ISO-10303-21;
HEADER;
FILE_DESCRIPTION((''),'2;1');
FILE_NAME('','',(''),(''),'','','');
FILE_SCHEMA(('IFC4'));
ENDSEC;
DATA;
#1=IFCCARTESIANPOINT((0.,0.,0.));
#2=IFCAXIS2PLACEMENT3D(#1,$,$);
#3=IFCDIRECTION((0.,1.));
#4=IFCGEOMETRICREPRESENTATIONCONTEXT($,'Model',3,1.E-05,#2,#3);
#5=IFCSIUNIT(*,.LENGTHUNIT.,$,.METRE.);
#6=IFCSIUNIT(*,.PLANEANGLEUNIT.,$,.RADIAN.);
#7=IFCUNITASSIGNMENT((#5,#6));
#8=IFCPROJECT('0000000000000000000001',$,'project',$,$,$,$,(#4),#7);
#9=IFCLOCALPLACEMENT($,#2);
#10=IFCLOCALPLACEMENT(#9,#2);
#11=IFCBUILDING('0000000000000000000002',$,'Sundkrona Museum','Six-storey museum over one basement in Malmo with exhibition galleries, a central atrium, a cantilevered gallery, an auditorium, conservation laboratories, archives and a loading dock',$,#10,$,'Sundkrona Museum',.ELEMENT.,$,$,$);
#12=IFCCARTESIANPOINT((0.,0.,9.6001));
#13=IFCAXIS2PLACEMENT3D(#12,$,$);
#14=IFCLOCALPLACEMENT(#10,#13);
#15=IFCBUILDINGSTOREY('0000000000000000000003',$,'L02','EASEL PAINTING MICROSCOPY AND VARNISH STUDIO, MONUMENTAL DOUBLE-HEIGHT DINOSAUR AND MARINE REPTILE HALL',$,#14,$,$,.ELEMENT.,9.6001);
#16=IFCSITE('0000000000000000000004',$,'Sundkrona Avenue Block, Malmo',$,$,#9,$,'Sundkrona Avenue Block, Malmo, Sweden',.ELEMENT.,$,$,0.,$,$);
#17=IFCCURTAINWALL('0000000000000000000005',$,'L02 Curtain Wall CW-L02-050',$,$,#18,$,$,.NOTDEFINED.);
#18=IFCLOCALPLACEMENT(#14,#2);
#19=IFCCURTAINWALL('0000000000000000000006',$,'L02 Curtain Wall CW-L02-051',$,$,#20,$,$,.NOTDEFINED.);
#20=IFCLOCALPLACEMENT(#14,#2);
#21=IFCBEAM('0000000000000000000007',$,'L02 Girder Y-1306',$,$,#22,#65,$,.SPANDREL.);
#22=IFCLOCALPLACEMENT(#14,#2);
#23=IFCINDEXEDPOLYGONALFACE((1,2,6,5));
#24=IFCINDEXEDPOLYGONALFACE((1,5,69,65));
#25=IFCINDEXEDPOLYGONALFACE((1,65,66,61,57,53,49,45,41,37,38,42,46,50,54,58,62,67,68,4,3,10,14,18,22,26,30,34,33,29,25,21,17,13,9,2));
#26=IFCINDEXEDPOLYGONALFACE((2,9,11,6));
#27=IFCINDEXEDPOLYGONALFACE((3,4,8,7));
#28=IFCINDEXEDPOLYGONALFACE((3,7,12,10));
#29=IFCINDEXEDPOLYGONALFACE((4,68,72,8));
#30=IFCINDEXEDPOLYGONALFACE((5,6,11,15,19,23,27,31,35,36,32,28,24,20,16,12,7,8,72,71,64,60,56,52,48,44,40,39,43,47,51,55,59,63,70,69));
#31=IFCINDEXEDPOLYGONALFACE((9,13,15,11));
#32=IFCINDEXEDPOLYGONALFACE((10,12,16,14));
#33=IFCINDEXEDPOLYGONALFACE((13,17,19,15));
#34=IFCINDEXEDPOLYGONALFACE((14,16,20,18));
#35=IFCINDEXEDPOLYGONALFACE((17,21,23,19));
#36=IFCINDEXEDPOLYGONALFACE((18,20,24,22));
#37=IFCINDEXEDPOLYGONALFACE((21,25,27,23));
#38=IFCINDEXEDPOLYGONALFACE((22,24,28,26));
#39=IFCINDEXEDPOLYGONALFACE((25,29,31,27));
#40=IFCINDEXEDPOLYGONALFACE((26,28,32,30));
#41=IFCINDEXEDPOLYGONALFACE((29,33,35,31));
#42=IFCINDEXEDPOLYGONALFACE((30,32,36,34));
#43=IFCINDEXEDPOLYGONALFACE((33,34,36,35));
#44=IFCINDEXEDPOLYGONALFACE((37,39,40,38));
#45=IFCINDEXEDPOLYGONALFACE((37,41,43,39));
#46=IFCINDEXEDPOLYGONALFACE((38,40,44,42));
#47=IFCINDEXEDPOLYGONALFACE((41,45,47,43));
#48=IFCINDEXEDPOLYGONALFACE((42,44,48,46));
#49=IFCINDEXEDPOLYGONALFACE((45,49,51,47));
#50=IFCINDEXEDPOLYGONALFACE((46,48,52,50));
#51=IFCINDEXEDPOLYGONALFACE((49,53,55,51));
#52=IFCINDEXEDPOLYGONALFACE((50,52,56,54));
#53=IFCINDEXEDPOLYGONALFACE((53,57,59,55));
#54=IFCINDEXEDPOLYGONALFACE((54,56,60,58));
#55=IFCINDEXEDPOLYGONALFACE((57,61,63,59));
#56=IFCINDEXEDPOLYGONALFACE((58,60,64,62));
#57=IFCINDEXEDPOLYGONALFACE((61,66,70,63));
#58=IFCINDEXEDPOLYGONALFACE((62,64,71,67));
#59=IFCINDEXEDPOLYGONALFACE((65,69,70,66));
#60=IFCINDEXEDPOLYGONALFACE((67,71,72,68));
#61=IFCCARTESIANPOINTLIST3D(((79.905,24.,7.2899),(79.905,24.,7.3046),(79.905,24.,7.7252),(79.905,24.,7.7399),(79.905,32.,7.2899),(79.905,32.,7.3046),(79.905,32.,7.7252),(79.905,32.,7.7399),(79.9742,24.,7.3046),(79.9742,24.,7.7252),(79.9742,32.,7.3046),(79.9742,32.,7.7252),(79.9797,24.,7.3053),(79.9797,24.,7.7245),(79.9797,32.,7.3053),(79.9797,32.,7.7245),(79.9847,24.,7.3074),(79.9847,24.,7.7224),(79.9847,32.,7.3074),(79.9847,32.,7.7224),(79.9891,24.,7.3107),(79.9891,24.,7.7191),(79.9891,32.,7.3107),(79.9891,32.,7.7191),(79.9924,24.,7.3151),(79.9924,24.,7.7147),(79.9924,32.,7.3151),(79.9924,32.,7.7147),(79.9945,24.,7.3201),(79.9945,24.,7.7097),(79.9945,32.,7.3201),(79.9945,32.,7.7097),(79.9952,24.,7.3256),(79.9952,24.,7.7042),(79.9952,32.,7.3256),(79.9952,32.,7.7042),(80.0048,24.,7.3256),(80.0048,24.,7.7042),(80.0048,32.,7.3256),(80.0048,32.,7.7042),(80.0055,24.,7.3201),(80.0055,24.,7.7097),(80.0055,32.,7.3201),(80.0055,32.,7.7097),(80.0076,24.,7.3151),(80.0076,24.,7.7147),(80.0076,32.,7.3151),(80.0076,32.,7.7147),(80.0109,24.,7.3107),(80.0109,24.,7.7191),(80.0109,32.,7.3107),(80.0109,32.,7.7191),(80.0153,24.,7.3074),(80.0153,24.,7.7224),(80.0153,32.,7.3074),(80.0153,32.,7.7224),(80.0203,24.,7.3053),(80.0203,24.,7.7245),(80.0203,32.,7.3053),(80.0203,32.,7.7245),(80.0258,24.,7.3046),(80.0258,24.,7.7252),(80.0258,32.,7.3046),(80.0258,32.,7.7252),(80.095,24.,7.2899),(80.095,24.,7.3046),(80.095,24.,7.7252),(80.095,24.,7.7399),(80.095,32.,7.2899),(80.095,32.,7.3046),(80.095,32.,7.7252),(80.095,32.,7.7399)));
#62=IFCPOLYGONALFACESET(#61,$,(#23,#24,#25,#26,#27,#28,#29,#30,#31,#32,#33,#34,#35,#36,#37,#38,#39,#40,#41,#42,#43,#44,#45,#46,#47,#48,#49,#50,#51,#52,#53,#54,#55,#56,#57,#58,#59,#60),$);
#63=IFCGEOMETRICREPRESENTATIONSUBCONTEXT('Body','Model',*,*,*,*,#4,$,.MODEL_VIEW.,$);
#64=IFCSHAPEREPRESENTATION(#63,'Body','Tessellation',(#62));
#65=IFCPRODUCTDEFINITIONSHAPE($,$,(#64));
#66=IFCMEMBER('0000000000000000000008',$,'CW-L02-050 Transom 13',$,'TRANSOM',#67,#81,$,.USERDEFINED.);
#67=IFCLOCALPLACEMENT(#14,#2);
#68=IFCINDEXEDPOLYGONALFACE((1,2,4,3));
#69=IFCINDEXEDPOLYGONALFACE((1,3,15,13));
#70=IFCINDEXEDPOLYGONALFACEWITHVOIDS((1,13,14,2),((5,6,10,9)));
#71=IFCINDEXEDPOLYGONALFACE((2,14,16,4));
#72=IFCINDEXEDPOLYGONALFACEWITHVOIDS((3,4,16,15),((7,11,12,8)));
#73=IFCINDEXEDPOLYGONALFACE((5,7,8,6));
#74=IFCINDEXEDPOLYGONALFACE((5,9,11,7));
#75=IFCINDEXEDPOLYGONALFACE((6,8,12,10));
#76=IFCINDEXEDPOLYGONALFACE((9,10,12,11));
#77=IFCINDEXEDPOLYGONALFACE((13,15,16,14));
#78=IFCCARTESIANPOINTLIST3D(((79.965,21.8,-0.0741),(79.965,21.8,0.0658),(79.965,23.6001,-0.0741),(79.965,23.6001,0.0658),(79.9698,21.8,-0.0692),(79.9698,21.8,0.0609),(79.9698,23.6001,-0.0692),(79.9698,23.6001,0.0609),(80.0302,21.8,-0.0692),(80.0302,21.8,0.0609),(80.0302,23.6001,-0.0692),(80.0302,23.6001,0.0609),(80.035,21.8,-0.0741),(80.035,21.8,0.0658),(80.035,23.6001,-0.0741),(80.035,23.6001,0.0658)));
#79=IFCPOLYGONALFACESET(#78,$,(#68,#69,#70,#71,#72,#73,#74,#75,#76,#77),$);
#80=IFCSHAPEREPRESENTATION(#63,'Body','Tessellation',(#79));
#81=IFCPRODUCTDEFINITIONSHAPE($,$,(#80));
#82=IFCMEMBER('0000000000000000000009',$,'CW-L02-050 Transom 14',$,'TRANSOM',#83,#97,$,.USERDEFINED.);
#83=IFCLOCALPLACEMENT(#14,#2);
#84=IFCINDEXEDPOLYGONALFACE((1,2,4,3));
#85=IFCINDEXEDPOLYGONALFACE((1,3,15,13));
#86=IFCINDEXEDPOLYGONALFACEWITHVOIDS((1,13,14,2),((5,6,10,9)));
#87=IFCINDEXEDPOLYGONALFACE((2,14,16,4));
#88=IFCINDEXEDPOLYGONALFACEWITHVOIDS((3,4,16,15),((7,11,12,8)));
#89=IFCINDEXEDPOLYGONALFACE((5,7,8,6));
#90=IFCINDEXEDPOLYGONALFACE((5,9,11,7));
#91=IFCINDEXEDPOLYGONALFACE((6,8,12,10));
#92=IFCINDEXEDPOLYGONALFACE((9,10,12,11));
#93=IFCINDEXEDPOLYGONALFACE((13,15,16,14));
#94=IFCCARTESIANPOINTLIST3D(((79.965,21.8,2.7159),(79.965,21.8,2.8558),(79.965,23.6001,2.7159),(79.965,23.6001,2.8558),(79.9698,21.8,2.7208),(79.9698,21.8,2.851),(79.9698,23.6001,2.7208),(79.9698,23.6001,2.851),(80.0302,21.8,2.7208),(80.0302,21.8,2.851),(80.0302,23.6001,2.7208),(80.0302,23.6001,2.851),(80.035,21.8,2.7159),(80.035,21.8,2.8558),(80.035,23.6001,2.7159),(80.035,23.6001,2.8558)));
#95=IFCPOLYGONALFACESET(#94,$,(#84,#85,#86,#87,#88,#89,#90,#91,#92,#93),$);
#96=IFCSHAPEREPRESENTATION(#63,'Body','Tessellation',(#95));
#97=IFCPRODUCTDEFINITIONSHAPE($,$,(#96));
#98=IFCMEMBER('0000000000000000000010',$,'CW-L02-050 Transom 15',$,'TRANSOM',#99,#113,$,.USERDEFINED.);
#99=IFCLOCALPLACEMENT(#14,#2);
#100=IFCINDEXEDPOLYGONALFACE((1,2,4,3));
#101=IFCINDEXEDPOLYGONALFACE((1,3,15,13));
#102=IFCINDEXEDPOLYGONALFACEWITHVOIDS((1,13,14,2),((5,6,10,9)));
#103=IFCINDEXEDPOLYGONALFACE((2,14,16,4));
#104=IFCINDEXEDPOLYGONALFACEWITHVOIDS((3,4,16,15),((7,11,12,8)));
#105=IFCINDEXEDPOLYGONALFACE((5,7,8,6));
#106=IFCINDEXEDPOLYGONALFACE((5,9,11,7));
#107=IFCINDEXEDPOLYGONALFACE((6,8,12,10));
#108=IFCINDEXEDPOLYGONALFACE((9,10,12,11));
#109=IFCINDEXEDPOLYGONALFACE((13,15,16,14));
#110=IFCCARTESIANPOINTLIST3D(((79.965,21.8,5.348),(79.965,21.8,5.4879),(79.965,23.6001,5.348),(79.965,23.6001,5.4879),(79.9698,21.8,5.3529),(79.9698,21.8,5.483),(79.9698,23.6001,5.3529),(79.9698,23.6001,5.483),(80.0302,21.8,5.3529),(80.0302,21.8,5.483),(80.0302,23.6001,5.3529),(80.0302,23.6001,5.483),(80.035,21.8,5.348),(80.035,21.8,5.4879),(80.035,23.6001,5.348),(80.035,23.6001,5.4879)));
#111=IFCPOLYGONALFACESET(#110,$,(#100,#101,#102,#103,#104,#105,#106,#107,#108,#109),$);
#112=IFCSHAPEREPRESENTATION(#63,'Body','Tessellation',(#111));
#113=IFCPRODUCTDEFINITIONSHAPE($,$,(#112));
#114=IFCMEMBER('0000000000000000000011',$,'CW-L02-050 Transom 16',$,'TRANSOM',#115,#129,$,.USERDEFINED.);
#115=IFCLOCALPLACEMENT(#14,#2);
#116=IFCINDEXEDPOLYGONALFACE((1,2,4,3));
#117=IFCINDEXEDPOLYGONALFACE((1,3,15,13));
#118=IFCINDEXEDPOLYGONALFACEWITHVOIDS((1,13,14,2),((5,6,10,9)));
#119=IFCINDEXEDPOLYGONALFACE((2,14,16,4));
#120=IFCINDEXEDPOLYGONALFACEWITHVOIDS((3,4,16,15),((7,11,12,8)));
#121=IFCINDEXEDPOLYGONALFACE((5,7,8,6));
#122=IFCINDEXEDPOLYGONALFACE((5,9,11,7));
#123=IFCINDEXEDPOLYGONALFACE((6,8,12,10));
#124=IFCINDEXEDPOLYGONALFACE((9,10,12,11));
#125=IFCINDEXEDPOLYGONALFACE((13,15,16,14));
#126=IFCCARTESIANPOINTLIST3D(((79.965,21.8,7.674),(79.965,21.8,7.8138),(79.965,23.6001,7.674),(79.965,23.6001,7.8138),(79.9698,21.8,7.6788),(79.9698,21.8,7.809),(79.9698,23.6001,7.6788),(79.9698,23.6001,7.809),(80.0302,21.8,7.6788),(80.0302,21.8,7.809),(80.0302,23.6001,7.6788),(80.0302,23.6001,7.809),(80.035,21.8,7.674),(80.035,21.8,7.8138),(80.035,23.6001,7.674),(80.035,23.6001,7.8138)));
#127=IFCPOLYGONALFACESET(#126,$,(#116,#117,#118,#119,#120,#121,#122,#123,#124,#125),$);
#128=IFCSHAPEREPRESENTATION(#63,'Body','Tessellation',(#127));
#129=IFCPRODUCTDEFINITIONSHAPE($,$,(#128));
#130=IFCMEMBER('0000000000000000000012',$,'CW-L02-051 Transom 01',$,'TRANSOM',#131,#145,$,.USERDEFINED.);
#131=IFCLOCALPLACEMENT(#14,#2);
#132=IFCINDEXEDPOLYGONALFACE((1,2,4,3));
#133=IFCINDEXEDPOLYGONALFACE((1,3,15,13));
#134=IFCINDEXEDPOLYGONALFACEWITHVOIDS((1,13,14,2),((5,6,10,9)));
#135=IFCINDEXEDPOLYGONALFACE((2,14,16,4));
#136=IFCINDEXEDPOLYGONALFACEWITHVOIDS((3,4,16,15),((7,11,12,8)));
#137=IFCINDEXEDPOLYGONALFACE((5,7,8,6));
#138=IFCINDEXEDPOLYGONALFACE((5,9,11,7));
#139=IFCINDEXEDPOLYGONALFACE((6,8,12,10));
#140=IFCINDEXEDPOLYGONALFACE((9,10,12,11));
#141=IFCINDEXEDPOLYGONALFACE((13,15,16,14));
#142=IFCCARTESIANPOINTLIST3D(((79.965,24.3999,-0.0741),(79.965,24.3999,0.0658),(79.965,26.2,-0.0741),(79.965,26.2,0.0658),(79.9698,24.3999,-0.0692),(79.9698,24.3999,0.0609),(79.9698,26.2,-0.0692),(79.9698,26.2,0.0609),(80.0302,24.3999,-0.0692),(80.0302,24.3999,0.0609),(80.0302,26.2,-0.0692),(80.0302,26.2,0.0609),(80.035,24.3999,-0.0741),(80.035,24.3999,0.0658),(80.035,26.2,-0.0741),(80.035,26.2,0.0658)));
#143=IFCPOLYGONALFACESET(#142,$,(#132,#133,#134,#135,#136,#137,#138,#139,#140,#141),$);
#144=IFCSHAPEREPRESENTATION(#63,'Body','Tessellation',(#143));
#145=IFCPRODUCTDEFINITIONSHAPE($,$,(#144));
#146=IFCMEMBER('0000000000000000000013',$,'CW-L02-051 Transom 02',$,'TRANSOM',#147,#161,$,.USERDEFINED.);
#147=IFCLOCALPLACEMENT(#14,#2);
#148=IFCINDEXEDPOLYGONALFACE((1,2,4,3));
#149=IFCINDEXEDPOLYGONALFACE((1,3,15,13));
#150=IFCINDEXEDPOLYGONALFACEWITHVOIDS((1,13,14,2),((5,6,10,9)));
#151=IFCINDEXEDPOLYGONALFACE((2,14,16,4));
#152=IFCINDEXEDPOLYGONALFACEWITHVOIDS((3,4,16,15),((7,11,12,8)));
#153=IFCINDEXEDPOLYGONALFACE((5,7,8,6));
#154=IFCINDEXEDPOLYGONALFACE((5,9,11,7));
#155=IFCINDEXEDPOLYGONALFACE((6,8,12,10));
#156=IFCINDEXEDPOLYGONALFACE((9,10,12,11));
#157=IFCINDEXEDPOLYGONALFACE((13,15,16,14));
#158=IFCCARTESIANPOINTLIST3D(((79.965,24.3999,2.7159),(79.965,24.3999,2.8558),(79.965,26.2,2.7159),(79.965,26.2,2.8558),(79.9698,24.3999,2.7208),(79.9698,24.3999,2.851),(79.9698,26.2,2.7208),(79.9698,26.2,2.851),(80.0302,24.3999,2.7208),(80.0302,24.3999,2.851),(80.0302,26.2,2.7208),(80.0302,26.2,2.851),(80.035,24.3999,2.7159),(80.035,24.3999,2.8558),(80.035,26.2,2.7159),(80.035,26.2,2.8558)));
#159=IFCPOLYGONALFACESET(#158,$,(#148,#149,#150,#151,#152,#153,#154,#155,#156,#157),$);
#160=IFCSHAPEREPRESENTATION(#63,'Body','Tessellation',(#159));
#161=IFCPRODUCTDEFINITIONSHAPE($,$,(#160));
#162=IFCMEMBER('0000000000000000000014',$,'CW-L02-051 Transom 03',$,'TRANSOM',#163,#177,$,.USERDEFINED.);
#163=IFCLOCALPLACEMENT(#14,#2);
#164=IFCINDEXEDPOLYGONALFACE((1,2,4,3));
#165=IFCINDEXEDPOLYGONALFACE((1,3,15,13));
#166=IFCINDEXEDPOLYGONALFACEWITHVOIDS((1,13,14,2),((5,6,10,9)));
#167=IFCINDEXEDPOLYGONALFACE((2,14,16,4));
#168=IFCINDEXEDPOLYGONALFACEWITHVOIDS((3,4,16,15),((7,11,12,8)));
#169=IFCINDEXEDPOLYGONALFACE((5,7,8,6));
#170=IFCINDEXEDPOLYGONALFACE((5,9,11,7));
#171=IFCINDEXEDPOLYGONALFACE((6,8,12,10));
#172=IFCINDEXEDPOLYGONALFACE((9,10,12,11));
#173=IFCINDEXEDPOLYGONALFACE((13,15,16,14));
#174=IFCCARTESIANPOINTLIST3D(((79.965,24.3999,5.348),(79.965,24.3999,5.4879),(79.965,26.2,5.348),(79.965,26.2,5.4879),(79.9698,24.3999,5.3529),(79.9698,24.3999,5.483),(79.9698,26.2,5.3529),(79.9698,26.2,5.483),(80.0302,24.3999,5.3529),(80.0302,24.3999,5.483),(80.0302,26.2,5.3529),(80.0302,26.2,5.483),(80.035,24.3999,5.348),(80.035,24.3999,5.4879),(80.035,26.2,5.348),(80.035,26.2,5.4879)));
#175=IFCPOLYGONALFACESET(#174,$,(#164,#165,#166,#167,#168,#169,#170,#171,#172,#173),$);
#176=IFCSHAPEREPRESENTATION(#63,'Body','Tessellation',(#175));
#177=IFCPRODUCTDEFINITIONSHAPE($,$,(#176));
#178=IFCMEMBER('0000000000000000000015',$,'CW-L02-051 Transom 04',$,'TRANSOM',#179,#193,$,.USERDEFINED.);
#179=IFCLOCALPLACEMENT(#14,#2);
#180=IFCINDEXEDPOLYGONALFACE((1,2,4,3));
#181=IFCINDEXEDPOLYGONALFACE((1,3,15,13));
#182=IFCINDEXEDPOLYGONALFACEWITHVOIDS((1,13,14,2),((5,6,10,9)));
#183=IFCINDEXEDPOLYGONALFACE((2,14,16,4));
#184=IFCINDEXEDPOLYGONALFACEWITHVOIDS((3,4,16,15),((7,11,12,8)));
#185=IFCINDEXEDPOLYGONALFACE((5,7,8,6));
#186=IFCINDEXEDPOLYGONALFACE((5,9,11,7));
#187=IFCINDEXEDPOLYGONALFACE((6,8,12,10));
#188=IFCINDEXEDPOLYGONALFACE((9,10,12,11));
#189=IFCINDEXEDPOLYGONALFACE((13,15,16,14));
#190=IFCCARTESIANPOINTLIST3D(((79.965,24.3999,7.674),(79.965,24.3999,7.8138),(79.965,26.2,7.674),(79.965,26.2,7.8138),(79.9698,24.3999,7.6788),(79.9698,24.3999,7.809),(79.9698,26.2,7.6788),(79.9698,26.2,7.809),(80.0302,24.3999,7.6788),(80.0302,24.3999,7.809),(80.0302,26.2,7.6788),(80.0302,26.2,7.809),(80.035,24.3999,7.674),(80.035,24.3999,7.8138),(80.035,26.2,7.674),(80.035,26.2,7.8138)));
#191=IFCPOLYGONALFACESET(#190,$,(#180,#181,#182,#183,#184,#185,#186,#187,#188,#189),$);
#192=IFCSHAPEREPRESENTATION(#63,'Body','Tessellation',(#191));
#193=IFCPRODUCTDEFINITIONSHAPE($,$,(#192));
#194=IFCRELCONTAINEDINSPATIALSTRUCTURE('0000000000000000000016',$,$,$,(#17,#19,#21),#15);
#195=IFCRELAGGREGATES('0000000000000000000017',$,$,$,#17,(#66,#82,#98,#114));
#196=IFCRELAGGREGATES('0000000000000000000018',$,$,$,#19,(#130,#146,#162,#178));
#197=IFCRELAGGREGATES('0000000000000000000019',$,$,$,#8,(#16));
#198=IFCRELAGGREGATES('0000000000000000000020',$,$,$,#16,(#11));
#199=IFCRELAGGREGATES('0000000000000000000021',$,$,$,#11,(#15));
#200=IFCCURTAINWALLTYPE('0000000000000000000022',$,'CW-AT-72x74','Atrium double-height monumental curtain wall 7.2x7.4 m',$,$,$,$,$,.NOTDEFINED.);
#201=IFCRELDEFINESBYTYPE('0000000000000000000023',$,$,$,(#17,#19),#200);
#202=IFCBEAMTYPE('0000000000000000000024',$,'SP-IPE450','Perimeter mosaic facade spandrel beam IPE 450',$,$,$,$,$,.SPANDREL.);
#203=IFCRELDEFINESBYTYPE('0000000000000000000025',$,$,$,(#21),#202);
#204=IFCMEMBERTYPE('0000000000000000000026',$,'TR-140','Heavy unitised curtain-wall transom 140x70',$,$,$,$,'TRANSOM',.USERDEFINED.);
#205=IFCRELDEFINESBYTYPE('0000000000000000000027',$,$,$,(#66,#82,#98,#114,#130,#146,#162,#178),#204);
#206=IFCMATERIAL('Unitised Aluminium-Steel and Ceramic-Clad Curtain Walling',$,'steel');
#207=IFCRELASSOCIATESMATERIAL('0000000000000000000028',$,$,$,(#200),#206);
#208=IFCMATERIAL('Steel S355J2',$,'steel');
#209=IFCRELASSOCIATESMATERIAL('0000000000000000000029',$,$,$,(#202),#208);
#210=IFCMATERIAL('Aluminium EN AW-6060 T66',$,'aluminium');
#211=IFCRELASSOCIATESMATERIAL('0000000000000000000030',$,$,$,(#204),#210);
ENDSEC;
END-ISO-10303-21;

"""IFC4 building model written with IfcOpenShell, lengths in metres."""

from ifc_helpers import new_model, si_unit, direction, frame, origin, origin_2d, place, context, subcontext, project, spatial, hollow_rectangle, i_section, extrude, material, material_profile, profile_set, type_object, element, aggregate, save


model = new_model("IFC4")

# Units and contexts
model_context = context("Model", 3, precision=1e-05, world=origin(), true_north=direction((0.0, 1.0)))
body_context = subcontext(model_context, "Body", "Model", "MODEL_VIEW")
ifc_project = project(units=[si_unit("LENGTHUNIT", "METRE"), si_unit("PLANEANGLEUNIT", "RADIAN")], contexts=[model_context])

# Site, building, storey
site_placement = place(None, origin())
site = spatial("IfcSite", under=ifc_project, at=site_placement, Name="Sundkrona Avenue Block, Malmo", LongName="Sundkrona Avenue Block, Malmo, Sweden", CompositionType="ELEMENT", RefElevation=0.0)
building_placement = place(site_placement, origin())
building = spatial("IfcBuilding", under=site, at=building_placement, Name="Sundkrona Museum", Description="Six-storey museum over one basement in Malmo with exhibition galleries, a central atrium, a cantilevered gallery, an auditorium, conservation laboratories, archives and a loading dock", LongName="Sundkrona Museum", CompositionType="ELEMENT")
storey_placement = place(building_placement, frame((0.0, 0.0, 9.6001)))
storey = spatial("IfcBuildingStorey", under=building, at=storey_placement, Name="L02", Description="EASEL PAINTING MICROSCOPY AND VARNISH STUDIO, MONUMENTAL DOUBLE-HEIGHT DINOSAUR AND MARINE REPTILE HALL", CompositionType="ELEMENT", Elevation=9.6001)

# Shared definitions
ifc_material_1 = material(Name="Steel S355J2", Category="steel")

# Curtain wall
ifc_material_2 = material(Name="Unitised Aluminium-Steel and Ceramic-Clad Curtain Walling", Category="steel")
curtain_wall_type = type_object("IfcCurtainWallType", Name="CW-AT-72x74", Description="Atrium double-height monumental curtain wall 7.2x7.4 m", PredefinedType="NOTDEFINED", material=ifc_material_2)
curtain_wall_1_placement = place(storey_placement, origin())
curtain_wall_1 = element("IfcCurtainWall", 1, at=curtain_wall_1_placement, inside=storey, type_object=curtain_wall_type, Name="L02 Curtain Wall CW-L02-050", PredefinedType="NOTDEFINED")
ifc_material_3 = material(Name="Aluminium EN AW-6060 T66", Category="aluminium")

# Curtain wall
curtain_wall_2_placement = place(storey_placement, origin())
curtain_wall_2 = element("IfcCurtainWall", 2, at=curtain_wall_2_placement, inside=storey, type_object=curtain_wall_type, Name="L02 Curtain Wall CW-L02-051", PredefinedType="NOTDEFINED")

# Beam
ifc_material_profile_1 = material_profile(ifc_material_1, i_section(OverallWidth=0.1899, OverallDepth=0.45, WebThickness=0.0095, FlangeThickness=0.0146, FilletRadius=0.021, at=origin_2d()), Name="IPE 450")
ifc_profile_set_1 = profile_set([ifc_material_profile_1], Name="Steel S355J2")
beam_type_1 = type_object("IfcBeamType", Name="SP-IPE450", Description="Perimeter mosaic facade spandrel beam IPE 450", PredefinedType="SPANDREL", material=ifc_profile_set_1)
beam_1_placement = place(storey_placement, frame((80.0, 24.0, 7.5149), z_axis=(0.0, 1.0, 0.0), x_axis=(-1.0, 0.0, 0.0)))
element("IfcBeam", 3, at=beam_1_placement, inside=storey, type_object=beam_type_1, Name="L02 Girder Y-1306", PredefinedType="SPANDREL", context=body_context, shape_type="SweptSolid", body=[
    extrude(i_section(OverallWidth=0.1899, OverallDepth=0.45, WebThickness=0.0095, FlangeThickness=0.0146, FilletRadius=0.021, at=origin_2d()), origin(), (0.0, 0.0, 1.0), 8.0),
])

# Members
ifc_material_profile_2 = material_profile(ifc_material_3, hollow_rectangle(XDim=0.0701, YDim=0.1399, WallThickness=0.0049, at=origin_2d()), Name="RHS 140x70x5.0")
ifc_profile_set_2 = profile_set([ifc_material_profile_2], Name="Aluminium EN AW-6060 T66")
member_type_1 = type_object("IfcMemberType", Name="TR-140", Description="Heavy unitised curtain-wall transom 140x70", ElementType="TRANSOM", PredefinedType="USERDEFINED", material=ifc_profile_set_2)
member_1_placement = place(storey_placement, frame((80.0, 21.8, -0.0042), z_axis=(0.0, 1.0, 0.0), x_axis=(-1.0, 0.0, 0.0)))
member_1 = element("IfcMember", 4, at=member_1_placement, type_object=member_type_1, Name="CW-L02-050 Transom 13", ObjectType="TRANSOM", PredefinedType="USERDEFINED", context=body_context, shape_type="SweptSolid", body=[
    extrude(hollow_rectangle(XDim=0.0701, YDim=0.1399, WallThickness=0.0049, at=origin_2d()), origin(), (0.0, 0.0, 1.0), 1.8),
])
member_2_placement = place(storey_placement, frame((80.0, 21.8, 2.7859), z_axis=(0.0, 1.0, 0.0), x_axis=(-1.0, 0.0, 0.0)))
member_2 = element("IfcMember", 5, at=member_2_placement, type_object=member_type_1, Name="CW-L02-050 Transom 14", ObjectType="TRANSOM", PredefinedType="USERDEFINED", context=body_context, shape_type="SweptSolid", body=[
    extrude(hollow_rectangle(XDim=0.0701, YDim=0.1399, WallThickness=0.0049, at=origin_2d()), origin(), (0.0, 0.0, 1.0), 1.8),
])
member_3_placement = place(storey_placement, frame((80.0, 21.8, 5.418), z_axis=(0.0, 1.0, 0.0), x_axis=(-1.0, 0.0, 0.0)))
member_3 = element("IfcMember", 6, at=member_3_placement, type_object=member_type_1, Name="CW-L02-050 Transom 15", ObjectType="TRANSOM", PredefinedType="USERDEFINED", context=body_context, shape_type="SweptSolid", body=[
    extrude(hollow_rectangle(XDim=0.0701, YDim=0.1399, WallThickness=0.0049, at=origin_2d()), origin(), (0.0, 0.0, 1.0), 1.8),
])
member_4_placement = place(storey_placement, frame((80.0, 21.8, 7.7439), z_axis=(0.0, 1.0, 0.0), x_axis=(-1.0, 0.0, 0.0)))
member_4 = element("IfcMember", 7, at=member_4_placement, type_object=member_type_1, Name="CW-L02-050 Transom 16", ObjectType="TRANSOM", PredefinedType="USERDEFINED", context=body_context, shape_type="SweptSolid", body=[
    extrude(hollow_rectangle(XDim=0.0701, YDim=0.1399, WallThickness=0.0049, at=origin_2d()), origin(), (0.0, 0.0, 1.0), 1.8),
])
member_5_placement = place(storey_placement, frame((80.0, 24.3999, -0.0042), z_axis=(0.0, 1.0, 0.0), x_axis=(-1.0, 0.0, 0.0)))
member_5 = element("IfcMember", 8, at=member_5_placement, type_object=member_type_1, Name="CW-L02-051 Transom 01", ObjectType="TRANSOM", PredefinedType="USERDEFINED", context=body_context, shape_type="SweptSolid", body=[
    extrude(hollow_rectangle(XDim=0.0701, YDim=0.1399, WallThickness=0.0049, at=origin_2d()), origin(), (0.0, 0.0, 1.0), 1.8),
])
member_6_placement = place(storey_placement, frame((80.0, 24.3999, 2.7859), z_axis=(0.0, 1.0, 0.0), x_axis=(-1.0, 0.0, 0.0)))
member_6 = element("IfcMember", 9, at=member_6_placement, type_object=member_type_1, Name="CW-L02-051 Transom 02", ObjectType="TRANSOM", PredefinedType="USERDEFINED", context=body_context, shape_type="SweptSolid", body=[
    extrude(hollow_rectangle(XDim=0.0701, YDim=0.1399, WallThickness=0.0049, at=origin_2d()), origin(), (0.0, 0.0, 1.0), 1.8),
])
member_7_placement = place(storey_placement, frame((80.0, 24.3999, 5.418), z_axis=(0.0, 1.0, 0.0), x_axis=(-1.0, 0.0, 0.0)))
member_7 = element("IfcMember", 10, at=member_7_placement, type_object=member_type_1, Name="CW-L02-051 Transom 03", ObjectType="TRANSOM", PredefinedType="USERDEFINED", context=body_context, shape_type="SweptSolid", body=[
    extrude(hollow_rectangle(XDim=0.0701, YDim=0.1399, WallThickness=0.0049, at=origin_2d()), origin(), (0.0, 0.0, 1.0), 1.8),
])
member_8_placement = place(storey_placement, frame((80.0, 24.3999, 7.7439), z_axis=(0.0, 1.0, 0.0), x_axis=(-1.0, 0.0, 0.0)))
member_8 = element("IfcMember", 11, at=member_8_placement, type_object=member_type_1, Name="CW-L02-051 Transom 04", ObjectType="TRANSOM", PredefinedType="USERDEFINED", context=body_context, shape_type="SweptSolid", body=[
    extrude(hollow_rectangle(XDim=0.0701, YDim=0.1399, WallThickness=0.0049, at=origin_2d()), origin(), (0.0, 0.0, 1.0), 1.8),
])

aggregate(curtain_wall_1, [member_1, member_2, member_3, member_4])
aggregate(curtain_wall_2, [member_5, member_6, member_7, member_8])

save(model, "model.ifc")
